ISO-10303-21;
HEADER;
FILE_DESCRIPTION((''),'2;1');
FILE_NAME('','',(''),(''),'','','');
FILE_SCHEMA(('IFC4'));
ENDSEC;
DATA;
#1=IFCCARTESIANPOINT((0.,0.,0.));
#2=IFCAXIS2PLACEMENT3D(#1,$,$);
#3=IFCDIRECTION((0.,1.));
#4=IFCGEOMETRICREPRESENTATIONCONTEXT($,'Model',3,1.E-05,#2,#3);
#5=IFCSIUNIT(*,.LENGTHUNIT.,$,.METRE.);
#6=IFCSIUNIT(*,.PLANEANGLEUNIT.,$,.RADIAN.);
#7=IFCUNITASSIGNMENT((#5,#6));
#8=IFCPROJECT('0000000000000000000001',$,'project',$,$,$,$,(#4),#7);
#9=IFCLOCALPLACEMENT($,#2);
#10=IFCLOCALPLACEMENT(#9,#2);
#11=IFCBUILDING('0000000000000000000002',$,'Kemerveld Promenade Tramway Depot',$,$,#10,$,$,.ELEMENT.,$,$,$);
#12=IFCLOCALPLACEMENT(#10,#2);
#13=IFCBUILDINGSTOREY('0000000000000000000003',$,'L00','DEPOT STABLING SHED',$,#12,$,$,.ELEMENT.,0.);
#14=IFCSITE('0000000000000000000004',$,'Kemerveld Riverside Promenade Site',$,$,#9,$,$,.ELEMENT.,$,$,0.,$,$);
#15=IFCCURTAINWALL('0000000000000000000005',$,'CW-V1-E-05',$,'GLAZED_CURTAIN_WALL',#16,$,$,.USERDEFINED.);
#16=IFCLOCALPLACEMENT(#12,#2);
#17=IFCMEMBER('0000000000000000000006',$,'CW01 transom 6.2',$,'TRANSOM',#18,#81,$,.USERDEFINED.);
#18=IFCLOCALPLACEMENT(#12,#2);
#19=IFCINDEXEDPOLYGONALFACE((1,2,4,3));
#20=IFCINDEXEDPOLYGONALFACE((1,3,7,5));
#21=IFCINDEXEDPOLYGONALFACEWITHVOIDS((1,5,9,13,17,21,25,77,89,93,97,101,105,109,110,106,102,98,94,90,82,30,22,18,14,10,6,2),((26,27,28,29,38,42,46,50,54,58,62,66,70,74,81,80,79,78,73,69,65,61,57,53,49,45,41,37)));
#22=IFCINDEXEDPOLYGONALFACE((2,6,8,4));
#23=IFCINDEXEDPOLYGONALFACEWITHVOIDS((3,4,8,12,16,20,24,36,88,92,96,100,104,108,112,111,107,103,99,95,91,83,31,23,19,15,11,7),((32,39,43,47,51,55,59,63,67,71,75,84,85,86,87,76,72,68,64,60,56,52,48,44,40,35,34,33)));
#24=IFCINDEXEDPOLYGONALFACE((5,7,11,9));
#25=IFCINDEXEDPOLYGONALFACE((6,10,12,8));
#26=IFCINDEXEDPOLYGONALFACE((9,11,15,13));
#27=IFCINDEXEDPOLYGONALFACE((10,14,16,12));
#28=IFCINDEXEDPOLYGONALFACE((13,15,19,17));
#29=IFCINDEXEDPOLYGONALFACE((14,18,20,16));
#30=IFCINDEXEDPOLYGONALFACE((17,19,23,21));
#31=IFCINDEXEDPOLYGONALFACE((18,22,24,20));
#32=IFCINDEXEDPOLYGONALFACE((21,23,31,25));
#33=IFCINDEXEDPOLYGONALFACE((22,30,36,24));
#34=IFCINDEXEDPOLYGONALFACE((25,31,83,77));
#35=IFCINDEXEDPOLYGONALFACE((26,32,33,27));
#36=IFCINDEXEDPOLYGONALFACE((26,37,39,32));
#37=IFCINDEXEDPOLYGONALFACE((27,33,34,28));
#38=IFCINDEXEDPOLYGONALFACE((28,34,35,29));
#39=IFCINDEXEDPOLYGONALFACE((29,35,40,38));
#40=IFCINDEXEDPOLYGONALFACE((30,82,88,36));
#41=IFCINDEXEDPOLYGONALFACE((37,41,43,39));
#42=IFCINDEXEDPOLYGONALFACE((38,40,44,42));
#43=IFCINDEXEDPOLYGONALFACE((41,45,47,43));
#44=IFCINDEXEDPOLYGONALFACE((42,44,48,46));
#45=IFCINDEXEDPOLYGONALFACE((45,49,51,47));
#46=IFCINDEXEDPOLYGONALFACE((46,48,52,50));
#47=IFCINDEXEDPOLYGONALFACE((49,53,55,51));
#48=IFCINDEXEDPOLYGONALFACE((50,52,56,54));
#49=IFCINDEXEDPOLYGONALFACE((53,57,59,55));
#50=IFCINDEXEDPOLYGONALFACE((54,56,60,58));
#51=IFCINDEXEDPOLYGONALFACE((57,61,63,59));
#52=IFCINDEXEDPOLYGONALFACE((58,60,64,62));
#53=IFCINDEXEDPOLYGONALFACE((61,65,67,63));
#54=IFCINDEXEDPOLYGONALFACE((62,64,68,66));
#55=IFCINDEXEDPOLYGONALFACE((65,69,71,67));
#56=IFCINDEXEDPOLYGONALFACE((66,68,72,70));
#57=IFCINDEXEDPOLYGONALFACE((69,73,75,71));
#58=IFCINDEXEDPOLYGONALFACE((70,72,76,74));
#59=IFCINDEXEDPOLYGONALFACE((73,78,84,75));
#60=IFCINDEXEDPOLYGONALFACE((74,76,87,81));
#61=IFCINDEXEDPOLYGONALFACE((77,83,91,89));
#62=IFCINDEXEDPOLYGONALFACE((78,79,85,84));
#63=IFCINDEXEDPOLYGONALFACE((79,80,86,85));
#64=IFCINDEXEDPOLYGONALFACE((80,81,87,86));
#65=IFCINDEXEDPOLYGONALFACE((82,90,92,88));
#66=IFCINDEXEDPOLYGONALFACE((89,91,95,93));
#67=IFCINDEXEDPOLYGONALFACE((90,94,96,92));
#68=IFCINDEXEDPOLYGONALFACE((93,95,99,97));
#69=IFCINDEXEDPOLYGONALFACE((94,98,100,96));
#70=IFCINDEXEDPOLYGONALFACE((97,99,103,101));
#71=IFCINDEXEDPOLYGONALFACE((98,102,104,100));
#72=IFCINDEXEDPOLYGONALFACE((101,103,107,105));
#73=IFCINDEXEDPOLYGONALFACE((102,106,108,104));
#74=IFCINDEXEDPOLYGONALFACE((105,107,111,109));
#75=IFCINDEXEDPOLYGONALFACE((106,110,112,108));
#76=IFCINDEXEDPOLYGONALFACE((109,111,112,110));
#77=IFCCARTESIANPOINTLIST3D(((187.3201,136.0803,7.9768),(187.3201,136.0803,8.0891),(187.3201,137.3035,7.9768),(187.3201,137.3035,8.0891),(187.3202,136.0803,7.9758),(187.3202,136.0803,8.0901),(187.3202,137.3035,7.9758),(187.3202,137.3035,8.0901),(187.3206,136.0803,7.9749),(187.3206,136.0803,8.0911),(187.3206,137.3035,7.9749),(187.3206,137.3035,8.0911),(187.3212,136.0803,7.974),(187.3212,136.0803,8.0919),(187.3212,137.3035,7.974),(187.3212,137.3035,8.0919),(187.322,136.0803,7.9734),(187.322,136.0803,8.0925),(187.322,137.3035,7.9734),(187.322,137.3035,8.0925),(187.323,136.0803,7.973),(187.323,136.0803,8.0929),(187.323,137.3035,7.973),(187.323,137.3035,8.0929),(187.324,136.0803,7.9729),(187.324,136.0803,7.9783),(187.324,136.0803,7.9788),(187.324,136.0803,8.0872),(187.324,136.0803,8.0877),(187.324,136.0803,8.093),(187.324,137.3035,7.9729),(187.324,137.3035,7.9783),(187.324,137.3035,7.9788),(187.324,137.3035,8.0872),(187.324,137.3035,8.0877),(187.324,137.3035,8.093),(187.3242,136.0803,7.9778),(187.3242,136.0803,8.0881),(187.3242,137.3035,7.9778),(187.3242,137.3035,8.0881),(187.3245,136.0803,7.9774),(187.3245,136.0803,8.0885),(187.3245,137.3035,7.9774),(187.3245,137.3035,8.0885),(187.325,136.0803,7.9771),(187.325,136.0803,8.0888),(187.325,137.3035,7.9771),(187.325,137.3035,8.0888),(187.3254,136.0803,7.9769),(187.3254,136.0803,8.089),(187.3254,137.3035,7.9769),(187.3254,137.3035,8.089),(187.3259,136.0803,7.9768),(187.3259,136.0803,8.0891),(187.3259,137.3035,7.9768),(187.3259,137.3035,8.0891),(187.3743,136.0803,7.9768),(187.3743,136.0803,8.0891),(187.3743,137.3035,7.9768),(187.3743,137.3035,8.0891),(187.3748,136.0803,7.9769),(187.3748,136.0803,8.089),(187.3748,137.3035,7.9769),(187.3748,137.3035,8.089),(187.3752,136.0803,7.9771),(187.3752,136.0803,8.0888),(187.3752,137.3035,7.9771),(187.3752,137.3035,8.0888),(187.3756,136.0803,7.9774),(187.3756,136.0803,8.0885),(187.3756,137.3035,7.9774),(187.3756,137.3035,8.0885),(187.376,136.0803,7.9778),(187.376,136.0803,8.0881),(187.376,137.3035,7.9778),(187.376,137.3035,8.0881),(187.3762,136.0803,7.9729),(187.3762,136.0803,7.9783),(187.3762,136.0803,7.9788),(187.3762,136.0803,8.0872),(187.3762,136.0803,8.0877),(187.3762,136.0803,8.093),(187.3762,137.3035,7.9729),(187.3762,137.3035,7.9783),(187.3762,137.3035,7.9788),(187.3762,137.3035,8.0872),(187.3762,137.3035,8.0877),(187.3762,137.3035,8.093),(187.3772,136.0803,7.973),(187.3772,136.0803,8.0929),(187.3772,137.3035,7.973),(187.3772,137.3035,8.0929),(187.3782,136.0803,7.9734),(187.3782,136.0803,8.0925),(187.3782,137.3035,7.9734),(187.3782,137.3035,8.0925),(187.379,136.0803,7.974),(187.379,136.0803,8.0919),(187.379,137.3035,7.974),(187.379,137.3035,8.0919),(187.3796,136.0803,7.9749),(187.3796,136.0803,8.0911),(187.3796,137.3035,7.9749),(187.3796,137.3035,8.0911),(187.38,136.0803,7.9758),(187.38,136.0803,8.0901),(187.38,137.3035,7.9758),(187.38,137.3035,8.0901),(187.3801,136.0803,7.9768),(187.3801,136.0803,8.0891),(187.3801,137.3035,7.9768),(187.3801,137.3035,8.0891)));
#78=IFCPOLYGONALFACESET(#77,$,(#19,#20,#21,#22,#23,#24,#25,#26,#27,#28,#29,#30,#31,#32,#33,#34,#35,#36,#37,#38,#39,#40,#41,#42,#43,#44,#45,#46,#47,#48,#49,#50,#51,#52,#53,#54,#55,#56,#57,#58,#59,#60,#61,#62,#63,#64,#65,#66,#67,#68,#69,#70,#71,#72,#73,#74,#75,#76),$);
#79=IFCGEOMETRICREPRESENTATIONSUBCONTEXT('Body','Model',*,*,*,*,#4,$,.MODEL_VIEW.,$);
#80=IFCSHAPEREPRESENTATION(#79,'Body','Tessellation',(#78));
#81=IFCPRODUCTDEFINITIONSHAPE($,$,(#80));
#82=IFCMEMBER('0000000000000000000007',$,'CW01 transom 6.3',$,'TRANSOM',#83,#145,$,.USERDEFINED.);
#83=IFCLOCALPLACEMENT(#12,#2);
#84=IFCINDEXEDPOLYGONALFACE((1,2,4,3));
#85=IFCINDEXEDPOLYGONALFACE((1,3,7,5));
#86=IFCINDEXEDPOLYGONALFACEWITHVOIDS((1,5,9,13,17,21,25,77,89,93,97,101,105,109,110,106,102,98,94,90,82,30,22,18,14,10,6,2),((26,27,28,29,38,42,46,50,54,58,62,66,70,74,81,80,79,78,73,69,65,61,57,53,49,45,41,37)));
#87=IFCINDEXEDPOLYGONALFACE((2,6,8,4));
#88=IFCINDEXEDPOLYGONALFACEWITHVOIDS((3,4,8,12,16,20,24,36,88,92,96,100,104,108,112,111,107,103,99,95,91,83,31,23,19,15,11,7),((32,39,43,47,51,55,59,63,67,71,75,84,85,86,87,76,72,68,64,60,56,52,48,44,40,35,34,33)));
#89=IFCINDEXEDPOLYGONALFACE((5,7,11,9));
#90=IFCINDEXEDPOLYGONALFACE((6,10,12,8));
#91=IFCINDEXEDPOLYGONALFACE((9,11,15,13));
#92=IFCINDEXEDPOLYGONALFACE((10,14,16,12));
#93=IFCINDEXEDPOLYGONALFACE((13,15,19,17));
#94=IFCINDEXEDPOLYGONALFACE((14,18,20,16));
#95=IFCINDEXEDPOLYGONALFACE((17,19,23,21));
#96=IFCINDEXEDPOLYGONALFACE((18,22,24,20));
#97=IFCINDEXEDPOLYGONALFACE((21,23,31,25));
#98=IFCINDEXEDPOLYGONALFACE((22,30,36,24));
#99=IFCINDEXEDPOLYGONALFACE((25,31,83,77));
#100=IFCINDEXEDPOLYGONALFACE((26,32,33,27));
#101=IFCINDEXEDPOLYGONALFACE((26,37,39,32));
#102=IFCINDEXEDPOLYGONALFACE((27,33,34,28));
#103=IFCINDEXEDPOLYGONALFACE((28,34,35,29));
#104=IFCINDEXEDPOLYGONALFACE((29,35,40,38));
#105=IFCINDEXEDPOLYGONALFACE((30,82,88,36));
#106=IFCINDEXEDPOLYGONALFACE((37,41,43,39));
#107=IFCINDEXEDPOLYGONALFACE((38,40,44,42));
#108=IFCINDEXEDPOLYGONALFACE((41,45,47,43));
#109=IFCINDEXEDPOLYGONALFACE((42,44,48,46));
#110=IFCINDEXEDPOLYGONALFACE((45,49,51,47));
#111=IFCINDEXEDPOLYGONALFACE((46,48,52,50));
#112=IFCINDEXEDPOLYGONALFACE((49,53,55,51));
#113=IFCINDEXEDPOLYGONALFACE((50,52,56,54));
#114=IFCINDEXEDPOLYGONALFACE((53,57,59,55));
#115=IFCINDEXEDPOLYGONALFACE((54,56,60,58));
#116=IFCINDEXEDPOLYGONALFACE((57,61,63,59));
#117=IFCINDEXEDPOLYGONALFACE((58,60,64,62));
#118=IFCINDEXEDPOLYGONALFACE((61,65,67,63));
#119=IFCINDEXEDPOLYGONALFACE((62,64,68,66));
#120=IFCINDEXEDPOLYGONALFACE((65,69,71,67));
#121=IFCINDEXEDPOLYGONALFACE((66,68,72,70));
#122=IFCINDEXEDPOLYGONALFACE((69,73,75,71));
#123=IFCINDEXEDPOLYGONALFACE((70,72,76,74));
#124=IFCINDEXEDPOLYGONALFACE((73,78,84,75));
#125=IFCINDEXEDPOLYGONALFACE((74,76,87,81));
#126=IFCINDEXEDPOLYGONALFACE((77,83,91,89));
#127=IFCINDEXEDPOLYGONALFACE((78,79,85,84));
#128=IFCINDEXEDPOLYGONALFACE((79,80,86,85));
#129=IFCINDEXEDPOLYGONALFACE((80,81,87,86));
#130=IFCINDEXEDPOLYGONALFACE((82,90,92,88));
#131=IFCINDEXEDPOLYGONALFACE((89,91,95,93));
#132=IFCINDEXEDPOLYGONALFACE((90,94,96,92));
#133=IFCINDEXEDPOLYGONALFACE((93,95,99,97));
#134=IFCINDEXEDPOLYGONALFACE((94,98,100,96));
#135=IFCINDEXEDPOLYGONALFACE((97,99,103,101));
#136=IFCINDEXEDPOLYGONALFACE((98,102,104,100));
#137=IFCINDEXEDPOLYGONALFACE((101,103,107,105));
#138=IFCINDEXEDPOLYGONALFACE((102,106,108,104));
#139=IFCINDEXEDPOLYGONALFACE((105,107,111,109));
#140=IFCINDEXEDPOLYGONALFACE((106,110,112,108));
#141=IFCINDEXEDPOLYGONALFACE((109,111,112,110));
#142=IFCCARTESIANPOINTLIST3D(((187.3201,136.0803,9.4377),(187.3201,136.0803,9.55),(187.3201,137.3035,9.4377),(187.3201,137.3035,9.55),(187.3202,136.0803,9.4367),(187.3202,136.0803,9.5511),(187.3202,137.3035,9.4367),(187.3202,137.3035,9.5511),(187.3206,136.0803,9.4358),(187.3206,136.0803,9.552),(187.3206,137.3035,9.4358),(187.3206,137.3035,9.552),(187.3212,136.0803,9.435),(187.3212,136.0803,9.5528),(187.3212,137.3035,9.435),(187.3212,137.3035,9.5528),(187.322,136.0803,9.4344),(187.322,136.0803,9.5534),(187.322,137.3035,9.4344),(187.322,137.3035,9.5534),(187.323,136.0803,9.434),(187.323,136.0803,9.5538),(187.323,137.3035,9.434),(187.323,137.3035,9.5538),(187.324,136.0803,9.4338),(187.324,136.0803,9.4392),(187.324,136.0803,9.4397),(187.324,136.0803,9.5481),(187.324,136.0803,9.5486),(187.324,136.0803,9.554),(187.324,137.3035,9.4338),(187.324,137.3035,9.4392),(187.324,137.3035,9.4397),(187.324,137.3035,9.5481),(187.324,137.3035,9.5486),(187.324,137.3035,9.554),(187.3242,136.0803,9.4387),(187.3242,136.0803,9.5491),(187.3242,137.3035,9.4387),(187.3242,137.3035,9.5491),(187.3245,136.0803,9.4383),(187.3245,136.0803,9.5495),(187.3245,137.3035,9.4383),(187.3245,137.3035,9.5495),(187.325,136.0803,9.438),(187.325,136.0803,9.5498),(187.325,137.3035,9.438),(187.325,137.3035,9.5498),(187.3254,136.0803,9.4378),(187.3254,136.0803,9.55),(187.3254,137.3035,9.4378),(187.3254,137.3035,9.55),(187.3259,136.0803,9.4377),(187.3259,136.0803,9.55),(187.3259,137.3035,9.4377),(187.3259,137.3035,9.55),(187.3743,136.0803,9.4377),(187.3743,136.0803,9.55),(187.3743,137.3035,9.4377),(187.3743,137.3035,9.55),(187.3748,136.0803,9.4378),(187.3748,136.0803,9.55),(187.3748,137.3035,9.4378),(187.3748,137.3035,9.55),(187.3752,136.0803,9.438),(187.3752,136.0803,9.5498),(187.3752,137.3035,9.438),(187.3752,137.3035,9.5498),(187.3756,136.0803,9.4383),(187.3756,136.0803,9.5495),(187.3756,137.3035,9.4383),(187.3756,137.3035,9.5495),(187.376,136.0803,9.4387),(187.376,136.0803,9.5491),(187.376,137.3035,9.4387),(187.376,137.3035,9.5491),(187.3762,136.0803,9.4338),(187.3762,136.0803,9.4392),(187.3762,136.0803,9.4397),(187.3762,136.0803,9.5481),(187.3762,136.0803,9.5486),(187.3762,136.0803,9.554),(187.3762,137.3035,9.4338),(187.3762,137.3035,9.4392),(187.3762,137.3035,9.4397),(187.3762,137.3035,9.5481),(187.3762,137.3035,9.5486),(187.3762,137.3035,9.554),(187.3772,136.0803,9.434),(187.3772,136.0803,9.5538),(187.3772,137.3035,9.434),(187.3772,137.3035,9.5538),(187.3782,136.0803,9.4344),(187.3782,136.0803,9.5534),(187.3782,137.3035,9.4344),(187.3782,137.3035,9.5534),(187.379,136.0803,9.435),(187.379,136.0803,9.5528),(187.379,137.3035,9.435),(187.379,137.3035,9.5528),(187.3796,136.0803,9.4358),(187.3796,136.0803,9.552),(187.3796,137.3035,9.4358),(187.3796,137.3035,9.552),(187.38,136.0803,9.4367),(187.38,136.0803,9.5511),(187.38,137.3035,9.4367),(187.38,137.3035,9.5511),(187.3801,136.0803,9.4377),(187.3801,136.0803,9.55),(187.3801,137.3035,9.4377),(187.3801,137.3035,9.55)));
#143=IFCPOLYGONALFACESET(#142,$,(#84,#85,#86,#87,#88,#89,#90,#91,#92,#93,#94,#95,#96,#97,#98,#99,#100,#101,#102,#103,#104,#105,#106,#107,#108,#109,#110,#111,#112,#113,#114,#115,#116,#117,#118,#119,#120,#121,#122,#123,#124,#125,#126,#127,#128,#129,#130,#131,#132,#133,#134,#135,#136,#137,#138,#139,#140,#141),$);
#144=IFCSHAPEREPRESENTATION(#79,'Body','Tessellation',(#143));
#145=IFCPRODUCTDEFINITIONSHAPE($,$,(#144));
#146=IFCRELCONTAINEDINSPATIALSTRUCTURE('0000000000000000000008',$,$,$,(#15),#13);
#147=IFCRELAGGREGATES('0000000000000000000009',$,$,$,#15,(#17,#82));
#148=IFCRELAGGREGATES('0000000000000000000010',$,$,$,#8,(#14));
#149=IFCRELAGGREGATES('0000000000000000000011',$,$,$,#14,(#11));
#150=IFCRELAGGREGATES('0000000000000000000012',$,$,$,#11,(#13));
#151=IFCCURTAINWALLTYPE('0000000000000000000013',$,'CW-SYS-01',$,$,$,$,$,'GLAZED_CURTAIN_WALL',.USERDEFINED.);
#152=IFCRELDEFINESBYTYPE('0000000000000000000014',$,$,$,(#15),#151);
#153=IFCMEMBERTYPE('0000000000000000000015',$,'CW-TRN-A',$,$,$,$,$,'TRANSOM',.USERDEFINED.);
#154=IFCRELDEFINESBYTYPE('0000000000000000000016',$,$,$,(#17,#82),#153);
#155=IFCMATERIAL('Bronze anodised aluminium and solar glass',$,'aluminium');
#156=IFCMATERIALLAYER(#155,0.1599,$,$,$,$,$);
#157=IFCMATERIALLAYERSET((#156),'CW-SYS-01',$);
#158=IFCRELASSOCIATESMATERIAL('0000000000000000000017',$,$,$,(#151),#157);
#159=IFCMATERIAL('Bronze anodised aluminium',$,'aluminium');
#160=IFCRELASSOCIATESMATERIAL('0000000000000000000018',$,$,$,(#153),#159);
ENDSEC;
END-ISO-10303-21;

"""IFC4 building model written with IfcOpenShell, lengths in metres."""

from ifc_helpers import new_model, si_unit, direction, frame, origin, origin_2d, place, context, subcontext, project, spatial, hollow_rectangle, extrude, material, layer, layer_set, material_profile, profile_set, type_object, element, aggregate, save


model = new_model("IFC4")

# Units and contexts
model_context = context("Model", 3, precision=1e-05, world=origin(), true_north=direction((0.0, 1.0)))
body_context = subcontext(model_context, "Body", "Model", "MODEL_VIEW")
ifc_project = project(units=[si_unit("LENGTHUNIT", "METRE"), si_unit("PLANEANGLEUNIT", "RADIAN")], contexts=[model_context])

# Site, building, storey
site_placement = place(None, origin())
site = spatial("IfcSite", under=ifc_project, at=site_placement, Name="Kemerveld Riverside Promenade Site", CompositionType="ELEMENT", RefElevation=0.0)
building_placement = place(site_placement, origin())
building = spatial("IfcBuilding", under=site, at=building_placement, Name="Kemerveld Promenade Tramway Depot", CompositionType="ELEMENT")
storey_placement = place(building_placement, origin())
storey = spatial("IfcBuildingStorey", under=building, at=storey_placement, Name="L00", Description="DEPOT STABLING SHED", CompositionType="ELEMENT", Elevation=0.0)

# Curtain wall, members
ifc_material_1 = material(Name="Bronze anodised aluminium and solar glass", Category="aluminium")
ifc_layer_1 = layer(ifc_material_1, 0.1599)
ifc_layer_set_1 = layer_set([ifc_layer_1], Name="CW-SYS-01")
curtain_wall_type = type_object("IfcCurtainWallType", Name="CW-SYS-01", ElementType="GLAZED_CURTAIN_WALL", PredefinedType="USERDEFINED", material=ifc_layer_set_1)
curtain_wall_placement = place(storey_placement, origin())
curtain_wall = element("IfcCurtainWall", 1, at=curtain_wall_placement, inside=storey, type_object=curtain_wall_type, Name="CW-V1-E-05", ObjectType="GLAZED_CURTAIN_WALL", PredefinedType="USERDEFINED")
ifc_material_2 = material(Name="Bronze anodised aluminium", Category="aluminium")
ifc_material_profile_1 = material_profile(ifc_material_2, hollow_rectangle(XDim=0.0601, YDim=0.1201, WallThickness=0.0039, InnerFilletRadius=0.002, OuterFilletRadius=0.0039, at=origin_2d()), Name="CW-TRN-120x60")
ifc_profile_set_1 = profile_set([ifc_material_profile_1], Name="Bronze anodised aluminium")
member_type_1 = type_object("IfcMemberType", Name="CW-TRN-A", ElementType="TRANSOM", PredefinedType="USERDEFINED", material=ifc_profile_set_1)
member_1_placement = place(storey_placement, frame((187.3501, 137.3035, 8.033), z_axis=(0.0, -1.0, 0.0), x_axis=(1.0, 0.0, 0.0)))
member_1 = element("IfcMember", 2, at=member_1_placement, type_object=member_type_1, Name="CW01 transom 6.2", ObjectType="TRANSOM", PredefinedType="USERDEFINED", context=body_context, shape_type="SweptSolid", body=[
    extrude(hollow_rectangle(XDim=0.0601, YDim=0.1201, WallThickness=0.0039, InnerFilletRadius=0.002, OuterFilletRadius=0.0039, at=origin_2d()), origin(), (0.0, 0.0, 1.0), 1.2231),
])
member_2_placement = place(storey_placement, frame((187.3501, 137.3035, 9.4939), z_axis=(0.0, -1.0, 0.0), x_axis=(1.0, 0.0, 0.0)))
member_2 = element("IfcMember", 3, at=member_2_placement, type_object=member_type_1, Name="CW01 transom 6.3", ObjectType="TRANSOM", PredefinedType="USERDEFINED", context=body_context, shape_type="SweptSolid", body=[
    extrude(hollow_rectangle(XDim=0.0601, YDim=0.1201, WallThickness=0.0039, InnerFilletRadius=0.002, OuterFilletRadius=0.0039, at=origin_2d()), origin(), (0.0, 0.0, 1.0), 1.2231),
])
aggregate(curtain_wall, [member_1, member_2])

save(model, "model.ifc")
